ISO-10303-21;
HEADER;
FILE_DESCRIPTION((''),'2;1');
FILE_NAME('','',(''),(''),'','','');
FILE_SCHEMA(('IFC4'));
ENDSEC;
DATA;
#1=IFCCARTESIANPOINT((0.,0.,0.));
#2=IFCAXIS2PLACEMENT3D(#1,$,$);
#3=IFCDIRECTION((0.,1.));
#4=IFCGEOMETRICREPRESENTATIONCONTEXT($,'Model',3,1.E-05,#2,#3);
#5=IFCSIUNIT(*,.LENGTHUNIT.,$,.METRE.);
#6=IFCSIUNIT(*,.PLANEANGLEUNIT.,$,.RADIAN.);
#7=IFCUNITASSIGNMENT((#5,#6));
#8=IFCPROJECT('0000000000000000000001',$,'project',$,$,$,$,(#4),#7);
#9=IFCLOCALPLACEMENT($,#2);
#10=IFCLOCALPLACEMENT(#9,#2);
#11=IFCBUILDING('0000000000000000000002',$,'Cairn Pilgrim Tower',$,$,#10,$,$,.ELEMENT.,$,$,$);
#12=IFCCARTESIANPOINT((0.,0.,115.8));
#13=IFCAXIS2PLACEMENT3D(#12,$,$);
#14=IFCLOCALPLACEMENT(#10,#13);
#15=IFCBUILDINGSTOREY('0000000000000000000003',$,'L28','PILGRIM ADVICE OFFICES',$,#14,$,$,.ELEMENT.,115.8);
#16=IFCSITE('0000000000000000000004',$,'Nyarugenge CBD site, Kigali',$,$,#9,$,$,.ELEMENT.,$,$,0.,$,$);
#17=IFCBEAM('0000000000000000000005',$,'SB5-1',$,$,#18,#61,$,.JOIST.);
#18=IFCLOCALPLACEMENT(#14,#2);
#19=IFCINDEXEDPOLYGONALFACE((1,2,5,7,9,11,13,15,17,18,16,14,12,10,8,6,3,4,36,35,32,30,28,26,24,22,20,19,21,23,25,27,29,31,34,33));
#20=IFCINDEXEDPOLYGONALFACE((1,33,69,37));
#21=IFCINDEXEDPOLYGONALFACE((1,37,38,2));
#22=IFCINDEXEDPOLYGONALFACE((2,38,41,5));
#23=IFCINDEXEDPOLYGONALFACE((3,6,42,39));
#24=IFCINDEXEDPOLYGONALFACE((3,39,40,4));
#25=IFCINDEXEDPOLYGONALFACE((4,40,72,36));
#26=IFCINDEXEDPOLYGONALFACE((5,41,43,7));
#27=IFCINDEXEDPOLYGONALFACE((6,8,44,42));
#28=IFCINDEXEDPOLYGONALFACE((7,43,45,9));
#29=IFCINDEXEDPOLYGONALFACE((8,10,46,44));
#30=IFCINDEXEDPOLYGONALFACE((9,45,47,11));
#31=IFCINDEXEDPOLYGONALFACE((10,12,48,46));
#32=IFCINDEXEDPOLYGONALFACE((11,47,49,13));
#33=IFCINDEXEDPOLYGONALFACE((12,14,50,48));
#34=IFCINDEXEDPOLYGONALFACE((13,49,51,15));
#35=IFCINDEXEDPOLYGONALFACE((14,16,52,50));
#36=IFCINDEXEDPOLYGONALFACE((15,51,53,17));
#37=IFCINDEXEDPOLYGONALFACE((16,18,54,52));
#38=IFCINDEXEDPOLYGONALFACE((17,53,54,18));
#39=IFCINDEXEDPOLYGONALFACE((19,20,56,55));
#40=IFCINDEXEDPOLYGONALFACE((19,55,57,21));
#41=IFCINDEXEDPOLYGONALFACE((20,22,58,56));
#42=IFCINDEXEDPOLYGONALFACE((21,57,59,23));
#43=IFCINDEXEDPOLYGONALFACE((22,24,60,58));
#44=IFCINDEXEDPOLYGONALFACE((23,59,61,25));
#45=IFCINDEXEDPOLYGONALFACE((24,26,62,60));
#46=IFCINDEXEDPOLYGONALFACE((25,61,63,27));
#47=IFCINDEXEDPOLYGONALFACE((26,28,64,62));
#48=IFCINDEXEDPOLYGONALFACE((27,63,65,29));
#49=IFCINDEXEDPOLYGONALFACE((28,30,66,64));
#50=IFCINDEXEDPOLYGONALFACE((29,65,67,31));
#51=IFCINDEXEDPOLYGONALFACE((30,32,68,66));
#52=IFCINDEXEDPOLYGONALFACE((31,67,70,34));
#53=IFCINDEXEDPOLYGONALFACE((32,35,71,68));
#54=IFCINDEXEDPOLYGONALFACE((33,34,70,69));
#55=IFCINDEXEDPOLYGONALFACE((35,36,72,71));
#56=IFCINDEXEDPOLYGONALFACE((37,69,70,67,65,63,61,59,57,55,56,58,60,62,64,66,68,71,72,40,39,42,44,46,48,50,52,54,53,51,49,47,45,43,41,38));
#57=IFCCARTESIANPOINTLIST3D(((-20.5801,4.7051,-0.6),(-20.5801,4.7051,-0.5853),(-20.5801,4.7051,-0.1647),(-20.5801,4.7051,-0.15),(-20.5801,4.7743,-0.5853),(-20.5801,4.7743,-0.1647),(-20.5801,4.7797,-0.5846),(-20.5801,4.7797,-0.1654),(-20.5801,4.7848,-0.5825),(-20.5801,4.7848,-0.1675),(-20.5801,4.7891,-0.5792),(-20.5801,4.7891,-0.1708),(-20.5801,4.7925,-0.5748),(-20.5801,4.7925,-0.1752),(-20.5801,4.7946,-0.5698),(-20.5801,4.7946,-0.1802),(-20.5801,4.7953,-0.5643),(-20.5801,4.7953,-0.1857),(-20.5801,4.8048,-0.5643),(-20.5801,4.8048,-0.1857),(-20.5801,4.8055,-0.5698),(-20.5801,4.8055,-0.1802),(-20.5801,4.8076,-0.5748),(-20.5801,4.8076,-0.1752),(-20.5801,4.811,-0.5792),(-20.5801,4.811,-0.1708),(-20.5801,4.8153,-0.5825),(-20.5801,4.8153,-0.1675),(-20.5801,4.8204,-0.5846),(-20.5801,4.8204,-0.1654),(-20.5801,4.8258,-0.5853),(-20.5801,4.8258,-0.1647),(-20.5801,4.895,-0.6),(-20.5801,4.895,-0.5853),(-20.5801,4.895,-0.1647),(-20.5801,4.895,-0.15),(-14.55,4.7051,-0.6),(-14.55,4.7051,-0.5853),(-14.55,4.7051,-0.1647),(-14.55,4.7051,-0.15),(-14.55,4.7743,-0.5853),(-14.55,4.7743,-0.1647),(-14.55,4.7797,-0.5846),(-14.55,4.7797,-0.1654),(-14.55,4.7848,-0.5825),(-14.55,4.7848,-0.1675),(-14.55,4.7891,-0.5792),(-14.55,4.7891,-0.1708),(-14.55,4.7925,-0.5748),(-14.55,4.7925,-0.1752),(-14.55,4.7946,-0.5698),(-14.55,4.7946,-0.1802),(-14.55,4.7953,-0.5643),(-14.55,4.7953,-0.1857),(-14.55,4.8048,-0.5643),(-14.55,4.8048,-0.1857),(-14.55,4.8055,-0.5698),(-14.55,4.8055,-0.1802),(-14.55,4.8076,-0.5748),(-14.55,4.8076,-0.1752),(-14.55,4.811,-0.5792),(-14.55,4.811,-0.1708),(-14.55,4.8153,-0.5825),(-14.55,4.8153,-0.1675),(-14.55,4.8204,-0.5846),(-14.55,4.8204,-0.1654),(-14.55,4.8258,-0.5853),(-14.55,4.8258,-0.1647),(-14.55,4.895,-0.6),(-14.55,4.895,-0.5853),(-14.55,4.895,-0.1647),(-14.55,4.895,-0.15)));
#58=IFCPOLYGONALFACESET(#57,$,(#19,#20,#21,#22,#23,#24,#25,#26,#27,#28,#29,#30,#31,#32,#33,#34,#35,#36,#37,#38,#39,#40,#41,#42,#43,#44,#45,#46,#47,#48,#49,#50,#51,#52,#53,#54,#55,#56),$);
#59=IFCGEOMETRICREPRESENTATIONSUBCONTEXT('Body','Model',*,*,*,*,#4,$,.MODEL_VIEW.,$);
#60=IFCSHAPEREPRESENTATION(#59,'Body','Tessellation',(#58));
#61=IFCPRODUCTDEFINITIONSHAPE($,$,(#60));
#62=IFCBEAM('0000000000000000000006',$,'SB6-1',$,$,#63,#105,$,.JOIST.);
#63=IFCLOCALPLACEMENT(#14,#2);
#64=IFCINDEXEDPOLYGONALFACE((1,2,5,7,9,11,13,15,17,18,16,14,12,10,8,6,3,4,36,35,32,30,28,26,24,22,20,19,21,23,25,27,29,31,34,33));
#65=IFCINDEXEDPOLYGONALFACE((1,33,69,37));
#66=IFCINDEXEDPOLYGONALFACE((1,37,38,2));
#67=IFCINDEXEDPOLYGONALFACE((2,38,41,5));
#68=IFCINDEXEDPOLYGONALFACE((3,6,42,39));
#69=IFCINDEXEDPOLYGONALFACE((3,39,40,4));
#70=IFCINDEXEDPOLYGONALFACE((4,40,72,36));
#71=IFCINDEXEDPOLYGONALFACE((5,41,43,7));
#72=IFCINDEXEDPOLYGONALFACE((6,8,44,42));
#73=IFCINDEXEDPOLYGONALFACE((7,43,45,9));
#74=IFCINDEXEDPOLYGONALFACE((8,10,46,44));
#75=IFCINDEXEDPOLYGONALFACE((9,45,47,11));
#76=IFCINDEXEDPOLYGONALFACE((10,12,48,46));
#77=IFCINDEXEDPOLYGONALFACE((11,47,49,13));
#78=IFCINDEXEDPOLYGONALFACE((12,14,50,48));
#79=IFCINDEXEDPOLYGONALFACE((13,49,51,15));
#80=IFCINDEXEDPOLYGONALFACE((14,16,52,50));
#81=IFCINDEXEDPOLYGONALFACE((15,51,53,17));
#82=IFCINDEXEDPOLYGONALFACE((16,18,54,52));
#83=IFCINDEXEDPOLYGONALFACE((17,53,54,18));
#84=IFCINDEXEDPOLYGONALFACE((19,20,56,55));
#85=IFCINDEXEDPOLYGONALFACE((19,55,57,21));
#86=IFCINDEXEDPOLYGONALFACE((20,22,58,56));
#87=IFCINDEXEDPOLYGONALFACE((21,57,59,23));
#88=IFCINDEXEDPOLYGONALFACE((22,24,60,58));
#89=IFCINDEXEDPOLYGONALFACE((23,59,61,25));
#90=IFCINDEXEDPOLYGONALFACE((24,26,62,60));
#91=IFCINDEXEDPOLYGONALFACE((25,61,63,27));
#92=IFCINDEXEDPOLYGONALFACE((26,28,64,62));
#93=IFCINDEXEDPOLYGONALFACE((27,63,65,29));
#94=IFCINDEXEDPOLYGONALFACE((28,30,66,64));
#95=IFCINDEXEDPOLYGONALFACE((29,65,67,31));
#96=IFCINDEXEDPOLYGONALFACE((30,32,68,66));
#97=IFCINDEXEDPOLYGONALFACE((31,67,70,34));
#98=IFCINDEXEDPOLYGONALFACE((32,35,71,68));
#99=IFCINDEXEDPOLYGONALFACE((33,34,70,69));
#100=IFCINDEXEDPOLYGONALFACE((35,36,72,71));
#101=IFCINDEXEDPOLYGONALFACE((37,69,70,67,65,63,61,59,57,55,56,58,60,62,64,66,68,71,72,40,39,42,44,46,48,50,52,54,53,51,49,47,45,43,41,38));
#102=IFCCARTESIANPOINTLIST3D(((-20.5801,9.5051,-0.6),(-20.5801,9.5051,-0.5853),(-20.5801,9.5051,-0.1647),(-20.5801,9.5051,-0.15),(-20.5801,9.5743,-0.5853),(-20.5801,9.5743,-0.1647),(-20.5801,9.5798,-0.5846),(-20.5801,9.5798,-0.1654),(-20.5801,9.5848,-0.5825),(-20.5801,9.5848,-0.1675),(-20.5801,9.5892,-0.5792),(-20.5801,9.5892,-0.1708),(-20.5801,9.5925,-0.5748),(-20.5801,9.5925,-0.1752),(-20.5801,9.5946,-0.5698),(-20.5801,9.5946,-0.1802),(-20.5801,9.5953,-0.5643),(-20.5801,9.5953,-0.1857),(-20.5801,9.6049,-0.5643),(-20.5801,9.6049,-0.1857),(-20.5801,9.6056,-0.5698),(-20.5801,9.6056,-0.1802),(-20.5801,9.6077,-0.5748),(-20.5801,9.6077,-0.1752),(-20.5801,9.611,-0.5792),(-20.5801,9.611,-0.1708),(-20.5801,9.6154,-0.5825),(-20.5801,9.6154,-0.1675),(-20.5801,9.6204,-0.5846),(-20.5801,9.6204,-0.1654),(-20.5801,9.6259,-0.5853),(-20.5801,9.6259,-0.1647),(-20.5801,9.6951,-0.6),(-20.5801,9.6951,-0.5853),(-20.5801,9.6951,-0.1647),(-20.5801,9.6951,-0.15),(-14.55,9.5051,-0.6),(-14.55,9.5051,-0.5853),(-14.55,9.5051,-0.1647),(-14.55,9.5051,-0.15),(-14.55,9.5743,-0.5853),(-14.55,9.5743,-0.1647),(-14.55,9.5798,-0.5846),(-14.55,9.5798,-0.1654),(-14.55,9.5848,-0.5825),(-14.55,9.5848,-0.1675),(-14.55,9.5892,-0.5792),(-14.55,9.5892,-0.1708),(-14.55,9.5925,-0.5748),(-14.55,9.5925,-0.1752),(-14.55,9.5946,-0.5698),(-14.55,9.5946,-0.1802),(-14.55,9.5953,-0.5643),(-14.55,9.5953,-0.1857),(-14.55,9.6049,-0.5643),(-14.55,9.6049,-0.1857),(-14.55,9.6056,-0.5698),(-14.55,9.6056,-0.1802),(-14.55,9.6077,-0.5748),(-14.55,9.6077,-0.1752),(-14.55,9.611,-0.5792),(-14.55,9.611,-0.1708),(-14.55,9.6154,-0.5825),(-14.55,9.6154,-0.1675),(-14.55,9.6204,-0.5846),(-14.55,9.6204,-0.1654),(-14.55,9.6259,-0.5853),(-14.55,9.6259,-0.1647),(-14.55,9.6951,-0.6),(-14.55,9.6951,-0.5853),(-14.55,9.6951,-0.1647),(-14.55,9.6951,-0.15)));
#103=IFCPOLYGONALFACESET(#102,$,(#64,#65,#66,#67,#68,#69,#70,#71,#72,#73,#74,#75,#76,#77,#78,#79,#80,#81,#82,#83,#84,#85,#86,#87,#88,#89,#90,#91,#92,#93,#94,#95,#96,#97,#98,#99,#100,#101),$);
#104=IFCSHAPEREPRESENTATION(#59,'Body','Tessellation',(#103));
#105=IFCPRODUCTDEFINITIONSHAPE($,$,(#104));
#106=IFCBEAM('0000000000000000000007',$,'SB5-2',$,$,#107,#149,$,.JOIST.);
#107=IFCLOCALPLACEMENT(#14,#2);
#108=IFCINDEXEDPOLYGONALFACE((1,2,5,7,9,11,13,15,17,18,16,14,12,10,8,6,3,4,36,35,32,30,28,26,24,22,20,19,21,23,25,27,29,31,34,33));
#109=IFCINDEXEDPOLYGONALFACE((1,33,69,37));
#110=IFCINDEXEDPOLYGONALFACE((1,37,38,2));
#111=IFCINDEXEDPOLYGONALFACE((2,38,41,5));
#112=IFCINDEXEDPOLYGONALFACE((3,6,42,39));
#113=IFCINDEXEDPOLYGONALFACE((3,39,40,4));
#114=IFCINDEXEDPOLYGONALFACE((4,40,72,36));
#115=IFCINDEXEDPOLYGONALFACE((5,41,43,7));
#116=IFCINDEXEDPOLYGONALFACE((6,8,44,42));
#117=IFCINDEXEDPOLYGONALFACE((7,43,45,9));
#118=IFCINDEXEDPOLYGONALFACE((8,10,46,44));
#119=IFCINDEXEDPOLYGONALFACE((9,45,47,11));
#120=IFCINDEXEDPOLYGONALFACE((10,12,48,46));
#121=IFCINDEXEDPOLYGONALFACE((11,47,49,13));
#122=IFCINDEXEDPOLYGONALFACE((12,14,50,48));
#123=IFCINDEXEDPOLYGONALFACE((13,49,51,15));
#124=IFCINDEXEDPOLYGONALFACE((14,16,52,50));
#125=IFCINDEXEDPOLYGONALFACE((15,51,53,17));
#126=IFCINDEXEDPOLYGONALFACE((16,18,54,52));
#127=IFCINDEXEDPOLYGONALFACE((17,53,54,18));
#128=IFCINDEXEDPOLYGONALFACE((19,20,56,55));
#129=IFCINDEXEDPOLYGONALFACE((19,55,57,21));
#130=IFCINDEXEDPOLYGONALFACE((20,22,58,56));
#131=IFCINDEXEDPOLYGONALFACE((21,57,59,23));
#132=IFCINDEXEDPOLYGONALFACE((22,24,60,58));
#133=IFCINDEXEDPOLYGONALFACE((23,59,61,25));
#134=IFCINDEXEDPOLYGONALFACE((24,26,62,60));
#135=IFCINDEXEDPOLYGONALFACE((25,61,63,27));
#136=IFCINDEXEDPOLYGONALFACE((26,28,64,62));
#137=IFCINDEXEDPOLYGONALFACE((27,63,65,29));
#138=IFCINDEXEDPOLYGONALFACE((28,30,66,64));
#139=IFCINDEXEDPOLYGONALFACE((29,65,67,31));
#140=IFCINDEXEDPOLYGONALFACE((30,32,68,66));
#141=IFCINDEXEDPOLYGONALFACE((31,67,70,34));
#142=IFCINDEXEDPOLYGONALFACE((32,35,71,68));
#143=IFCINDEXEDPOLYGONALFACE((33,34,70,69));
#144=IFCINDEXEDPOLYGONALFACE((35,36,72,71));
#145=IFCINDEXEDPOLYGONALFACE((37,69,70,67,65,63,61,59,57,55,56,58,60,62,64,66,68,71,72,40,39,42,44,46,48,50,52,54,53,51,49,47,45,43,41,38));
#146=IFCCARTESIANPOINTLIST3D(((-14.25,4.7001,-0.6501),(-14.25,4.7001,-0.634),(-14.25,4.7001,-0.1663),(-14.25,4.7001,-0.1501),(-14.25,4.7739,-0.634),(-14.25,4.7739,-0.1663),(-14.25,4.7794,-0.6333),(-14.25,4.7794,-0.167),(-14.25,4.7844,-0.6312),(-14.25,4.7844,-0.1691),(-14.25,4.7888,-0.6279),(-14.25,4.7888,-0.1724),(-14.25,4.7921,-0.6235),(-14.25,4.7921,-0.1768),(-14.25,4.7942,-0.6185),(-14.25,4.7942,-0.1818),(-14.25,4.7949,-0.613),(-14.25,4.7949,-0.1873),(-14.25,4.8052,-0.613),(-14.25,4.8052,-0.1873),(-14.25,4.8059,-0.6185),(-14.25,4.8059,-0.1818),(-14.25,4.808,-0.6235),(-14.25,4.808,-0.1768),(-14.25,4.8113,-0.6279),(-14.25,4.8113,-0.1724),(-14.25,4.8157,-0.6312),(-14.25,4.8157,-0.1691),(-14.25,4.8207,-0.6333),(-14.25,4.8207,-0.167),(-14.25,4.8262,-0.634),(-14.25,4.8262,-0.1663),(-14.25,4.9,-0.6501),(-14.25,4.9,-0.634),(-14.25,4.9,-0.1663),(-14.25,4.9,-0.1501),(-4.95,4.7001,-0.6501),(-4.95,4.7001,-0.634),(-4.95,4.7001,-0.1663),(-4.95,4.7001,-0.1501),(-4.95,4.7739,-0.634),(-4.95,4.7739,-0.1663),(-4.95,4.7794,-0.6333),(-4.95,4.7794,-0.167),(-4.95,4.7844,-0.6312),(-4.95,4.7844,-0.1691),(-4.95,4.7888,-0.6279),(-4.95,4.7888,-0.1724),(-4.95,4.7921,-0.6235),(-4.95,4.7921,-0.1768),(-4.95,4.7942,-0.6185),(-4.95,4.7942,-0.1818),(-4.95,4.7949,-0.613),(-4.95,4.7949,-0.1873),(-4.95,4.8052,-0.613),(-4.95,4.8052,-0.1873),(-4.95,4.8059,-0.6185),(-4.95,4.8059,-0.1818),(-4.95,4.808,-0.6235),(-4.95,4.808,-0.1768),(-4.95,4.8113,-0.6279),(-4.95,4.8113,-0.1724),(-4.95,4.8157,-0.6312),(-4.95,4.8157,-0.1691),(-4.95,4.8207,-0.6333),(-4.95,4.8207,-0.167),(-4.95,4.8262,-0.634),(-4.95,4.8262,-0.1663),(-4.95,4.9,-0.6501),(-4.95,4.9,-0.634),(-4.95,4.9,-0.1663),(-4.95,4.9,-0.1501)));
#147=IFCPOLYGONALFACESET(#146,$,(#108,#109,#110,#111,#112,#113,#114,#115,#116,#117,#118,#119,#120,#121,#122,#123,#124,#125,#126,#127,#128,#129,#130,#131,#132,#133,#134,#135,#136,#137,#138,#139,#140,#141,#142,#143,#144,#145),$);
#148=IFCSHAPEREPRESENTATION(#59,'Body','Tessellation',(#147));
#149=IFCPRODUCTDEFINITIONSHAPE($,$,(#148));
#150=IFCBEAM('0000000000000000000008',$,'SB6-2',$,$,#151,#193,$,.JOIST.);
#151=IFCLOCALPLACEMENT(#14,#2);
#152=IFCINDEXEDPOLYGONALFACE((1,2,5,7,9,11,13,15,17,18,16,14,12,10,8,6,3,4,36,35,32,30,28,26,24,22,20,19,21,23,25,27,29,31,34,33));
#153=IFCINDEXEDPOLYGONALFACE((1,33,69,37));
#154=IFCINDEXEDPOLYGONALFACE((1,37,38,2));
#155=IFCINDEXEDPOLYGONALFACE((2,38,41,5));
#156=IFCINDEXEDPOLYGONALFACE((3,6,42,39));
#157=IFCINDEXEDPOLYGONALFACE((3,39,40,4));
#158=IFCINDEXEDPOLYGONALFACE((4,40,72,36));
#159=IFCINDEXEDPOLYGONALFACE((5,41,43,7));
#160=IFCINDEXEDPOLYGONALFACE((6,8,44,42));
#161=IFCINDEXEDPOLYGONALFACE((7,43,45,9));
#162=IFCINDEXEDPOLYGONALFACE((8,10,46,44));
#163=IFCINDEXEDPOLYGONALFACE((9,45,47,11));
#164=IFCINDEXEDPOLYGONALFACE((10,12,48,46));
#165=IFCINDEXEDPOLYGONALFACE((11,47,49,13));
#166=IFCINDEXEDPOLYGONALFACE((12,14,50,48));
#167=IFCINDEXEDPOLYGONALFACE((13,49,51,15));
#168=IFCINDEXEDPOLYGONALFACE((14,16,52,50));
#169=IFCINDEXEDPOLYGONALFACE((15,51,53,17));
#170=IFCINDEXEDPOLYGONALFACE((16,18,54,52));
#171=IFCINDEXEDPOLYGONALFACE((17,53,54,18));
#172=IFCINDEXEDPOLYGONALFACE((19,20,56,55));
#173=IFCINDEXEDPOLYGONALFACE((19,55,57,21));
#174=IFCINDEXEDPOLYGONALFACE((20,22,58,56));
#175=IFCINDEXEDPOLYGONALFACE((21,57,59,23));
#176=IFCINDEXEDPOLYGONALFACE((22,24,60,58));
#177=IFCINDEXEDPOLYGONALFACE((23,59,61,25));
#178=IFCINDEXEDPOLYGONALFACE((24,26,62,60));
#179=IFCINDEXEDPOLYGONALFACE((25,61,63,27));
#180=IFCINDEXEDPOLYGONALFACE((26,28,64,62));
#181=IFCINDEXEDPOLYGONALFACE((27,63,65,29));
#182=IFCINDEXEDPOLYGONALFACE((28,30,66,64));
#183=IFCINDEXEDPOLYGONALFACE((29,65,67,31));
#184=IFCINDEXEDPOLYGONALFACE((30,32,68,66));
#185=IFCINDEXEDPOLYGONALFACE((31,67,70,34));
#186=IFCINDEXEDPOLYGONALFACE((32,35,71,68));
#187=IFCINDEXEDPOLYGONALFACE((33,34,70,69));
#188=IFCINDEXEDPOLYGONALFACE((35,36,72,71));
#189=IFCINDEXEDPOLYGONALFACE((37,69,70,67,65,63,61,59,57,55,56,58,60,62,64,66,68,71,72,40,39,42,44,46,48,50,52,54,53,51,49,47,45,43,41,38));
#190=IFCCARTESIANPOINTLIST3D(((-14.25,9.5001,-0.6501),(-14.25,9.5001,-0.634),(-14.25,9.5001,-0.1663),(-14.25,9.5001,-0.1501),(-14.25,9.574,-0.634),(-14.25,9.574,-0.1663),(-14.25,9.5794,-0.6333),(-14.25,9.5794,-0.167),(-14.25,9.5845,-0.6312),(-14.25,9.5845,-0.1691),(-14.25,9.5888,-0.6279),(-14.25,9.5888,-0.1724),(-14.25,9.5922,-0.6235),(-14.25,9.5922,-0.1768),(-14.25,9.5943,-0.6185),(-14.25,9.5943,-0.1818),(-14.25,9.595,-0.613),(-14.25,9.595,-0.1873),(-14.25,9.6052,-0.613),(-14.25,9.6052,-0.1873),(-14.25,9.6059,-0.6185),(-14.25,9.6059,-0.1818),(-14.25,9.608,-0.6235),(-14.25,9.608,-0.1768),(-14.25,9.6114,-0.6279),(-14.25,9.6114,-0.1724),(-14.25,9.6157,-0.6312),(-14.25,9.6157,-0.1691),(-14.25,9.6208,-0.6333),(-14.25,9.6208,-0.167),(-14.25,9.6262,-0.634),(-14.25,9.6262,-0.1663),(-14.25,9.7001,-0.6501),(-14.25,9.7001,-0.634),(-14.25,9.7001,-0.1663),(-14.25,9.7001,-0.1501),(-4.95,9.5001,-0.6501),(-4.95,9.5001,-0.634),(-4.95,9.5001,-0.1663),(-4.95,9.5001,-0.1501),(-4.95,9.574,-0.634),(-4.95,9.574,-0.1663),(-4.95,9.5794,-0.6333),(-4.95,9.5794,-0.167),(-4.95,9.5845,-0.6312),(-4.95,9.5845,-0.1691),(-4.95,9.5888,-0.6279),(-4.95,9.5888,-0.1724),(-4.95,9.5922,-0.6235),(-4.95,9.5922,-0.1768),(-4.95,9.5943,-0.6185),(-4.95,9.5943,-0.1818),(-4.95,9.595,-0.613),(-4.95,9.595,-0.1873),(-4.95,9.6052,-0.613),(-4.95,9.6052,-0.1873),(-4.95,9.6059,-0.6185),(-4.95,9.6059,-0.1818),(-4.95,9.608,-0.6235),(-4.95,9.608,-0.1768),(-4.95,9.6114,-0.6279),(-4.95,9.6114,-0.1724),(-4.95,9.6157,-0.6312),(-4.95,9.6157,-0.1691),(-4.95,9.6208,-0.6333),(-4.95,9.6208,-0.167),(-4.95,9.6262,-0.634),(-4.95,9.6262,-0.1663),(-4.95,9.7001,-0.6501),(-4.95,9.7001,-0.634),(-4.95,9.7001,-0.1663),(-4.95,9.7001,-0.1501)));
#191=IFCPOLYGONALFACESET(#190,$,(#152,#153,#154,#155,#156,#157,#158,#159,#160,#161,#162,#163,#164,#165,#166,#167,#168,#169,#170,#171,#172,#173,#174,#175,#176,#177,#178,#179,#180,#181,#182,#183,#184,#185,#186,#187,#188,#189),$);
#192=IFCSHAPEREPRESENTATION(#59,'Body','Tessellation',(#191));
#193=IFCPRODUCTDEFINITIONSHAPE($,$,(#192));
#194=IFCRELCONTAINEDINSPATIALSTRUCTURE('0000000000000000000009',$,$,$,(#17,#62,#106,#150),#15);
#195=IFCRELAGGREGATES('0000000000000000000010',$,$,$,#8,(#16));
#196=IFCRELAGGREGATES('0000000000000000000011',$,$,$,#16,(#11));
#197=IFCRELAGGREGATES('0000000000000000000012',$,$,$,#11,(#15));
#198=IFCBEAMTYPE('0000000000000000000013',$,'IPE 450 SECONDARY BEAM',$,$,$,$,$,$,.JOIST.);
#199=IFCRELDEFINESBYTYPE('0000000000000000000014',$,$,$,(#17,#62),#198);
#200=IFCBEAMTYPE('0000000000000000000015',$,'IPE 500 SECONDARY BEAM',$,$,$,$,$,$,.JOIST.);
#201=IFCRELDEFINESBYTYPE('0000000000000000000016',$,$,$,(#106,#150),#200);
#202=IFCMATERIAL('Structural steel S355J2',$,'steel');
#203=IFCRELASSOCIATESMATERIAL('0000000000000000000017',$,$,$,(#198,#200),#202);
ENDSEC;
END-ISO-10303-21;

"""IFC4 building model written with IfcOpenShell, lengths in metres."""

from ifc_helpers import new_model, si_unit, direction, frame, origin, origin_2d, place, context, subcontext, project, spatial, i_section, extrude, material, material_profile, profile_set, type_object, element, save


model = new_model("IFC4")

# Units and contexts
model_context = context("Model", 3, precision=1e-05, world=origin(), true_north=direction((0.0, 1.0)))
body_context = subcontext(model_context, "Body", "Model", "MODEL_VIEW")
ifc_project = project(units=[si_unit("LENGTHUNIT", "METRE"), si_unit("PLANEANGLEUNIT", "RADIAN")], contexts=[model_context])

# Site, building, storey
site_placement = place(None, origin())
site = spatial("IfcSite", under=ifc_project, at=site_placement, Name="Nyarugenge CBD site, Kigali", CompositionType="ELEMENT", RefElevation=0.0)
building_placement = place(site_placement, origin())
building = spatial("IfcBuilding", under=site, at=building_placement, Name="Cairn Pilgrim Tower", CompositionType="ELEMENT")
storey_placement = place(building_placement, frame((0.0, 0.0, 115.8)))
storey = spatial("IfcBuildingStorey", under=building, at=storey_placement, Name="L28", Description="PILGRIM ADVICE OFFICES", CompositionType="ELEMENT", Elevation=115.8)

# Shared definitions
ifc_material_1 = material(Name="Structural steel S355J2", Category="steel")

# Beams
ifc_material_profile_1 = material_profile(ifc_material_1, i_section(OverallWidth=0.1899, OverallDepth=0.45, WebThickness=0.0095, FlangeThickness=0.0146, FilletRadius=0.021, at=origin_2d()), Name="IPE 450")
ifc_profile_set_1 = profile_set([ifc_material_profile_1], Name="Structural steel S355J2")
beam_type_1 = type_object("IfcBeamType", Name="IPE 450 SECONDARY BEAM", PredefinedType="JOIST", material=ifc_profile_set_1)
for number, where, z_axis, x_axis, name in (
    (1, (-20.5801, 4.8, -0.375), (1.0, 0.0, 0.0), (0.0, 1.0, 0.0), "SB5-1"),
    (2, (-20.5801, 9.6001, -0.375), (1.0, 0.0, 0.0), (0.0, 1.0, 0.0), "SB6-1"),
):
    element("IfcBeam", number, at=place(storey_placement, frame(where, z_axis=z_axis, x_axis=x_axis)), inside=storey, type_object=beam_type_1, Name=name, PredefinedType="JOIST", context=body_context, shape_type="SweptSolid", body=[
        extrude(i_section(OverallWidth=0.1899, OverallDepth=0.45, WebThickness=0.0095, FlangeThickness=0.0146, FilletRadius=0.021, at=origin_2d()), origin(), (0.0, 0.0, 1.0), 6.03),
    ])
ifc_material_profile_2 = material_profile(ifc_material_1, i_section(OverallWidth=0.2, OverallDepth=0.5, WebThickness=0.0103, FlangeThickness=0.0161, FilletRadius=0.021, at=origin_2d()), Name="IPE 500")
ifc_profile_set_2 = profile_set([ifc_material_profile_2], Name="Structural steel S355J2")
beam_type_2 = type_object("IfcBeamType", Name="IPE 500 SECONDARY BEAM", PredefinedType="JOIST", material=ifc_profile_set_2)
for number, where, z_axis, x_axis, name in (
    (3, (-14.25, 4.8, -0.4001), (1.0, 0.0, 0.0), (0.0, 1.0, 0.0), "SB5-2"),
    (4, (-14.25, 9.6001, -0.4001), (1.0, 0.0, 0.0), (0.0, 1.0, 0.0), "SB6-2"),
):
    element("IfcBeam", number, at=place(storey_placement, frame(where, z_axis=z_axis, x_axis=x_axis)), inside=storey, type_object=beam_type_2, Name=name, PredefinedType="JOIST", context=body_context, shape_type="SweptSolid", body=[
        extrude(i_section(OverallWidth=0.2, OverallDepth=0.5, WebThickness=0.0103, FlangeThickness=0.0161, FilletRadius=0.021, at=origin_2d()), origin(), (0.0, 0.0, 1.0), 9.3),
    ])

save(model, "model.ifc")
